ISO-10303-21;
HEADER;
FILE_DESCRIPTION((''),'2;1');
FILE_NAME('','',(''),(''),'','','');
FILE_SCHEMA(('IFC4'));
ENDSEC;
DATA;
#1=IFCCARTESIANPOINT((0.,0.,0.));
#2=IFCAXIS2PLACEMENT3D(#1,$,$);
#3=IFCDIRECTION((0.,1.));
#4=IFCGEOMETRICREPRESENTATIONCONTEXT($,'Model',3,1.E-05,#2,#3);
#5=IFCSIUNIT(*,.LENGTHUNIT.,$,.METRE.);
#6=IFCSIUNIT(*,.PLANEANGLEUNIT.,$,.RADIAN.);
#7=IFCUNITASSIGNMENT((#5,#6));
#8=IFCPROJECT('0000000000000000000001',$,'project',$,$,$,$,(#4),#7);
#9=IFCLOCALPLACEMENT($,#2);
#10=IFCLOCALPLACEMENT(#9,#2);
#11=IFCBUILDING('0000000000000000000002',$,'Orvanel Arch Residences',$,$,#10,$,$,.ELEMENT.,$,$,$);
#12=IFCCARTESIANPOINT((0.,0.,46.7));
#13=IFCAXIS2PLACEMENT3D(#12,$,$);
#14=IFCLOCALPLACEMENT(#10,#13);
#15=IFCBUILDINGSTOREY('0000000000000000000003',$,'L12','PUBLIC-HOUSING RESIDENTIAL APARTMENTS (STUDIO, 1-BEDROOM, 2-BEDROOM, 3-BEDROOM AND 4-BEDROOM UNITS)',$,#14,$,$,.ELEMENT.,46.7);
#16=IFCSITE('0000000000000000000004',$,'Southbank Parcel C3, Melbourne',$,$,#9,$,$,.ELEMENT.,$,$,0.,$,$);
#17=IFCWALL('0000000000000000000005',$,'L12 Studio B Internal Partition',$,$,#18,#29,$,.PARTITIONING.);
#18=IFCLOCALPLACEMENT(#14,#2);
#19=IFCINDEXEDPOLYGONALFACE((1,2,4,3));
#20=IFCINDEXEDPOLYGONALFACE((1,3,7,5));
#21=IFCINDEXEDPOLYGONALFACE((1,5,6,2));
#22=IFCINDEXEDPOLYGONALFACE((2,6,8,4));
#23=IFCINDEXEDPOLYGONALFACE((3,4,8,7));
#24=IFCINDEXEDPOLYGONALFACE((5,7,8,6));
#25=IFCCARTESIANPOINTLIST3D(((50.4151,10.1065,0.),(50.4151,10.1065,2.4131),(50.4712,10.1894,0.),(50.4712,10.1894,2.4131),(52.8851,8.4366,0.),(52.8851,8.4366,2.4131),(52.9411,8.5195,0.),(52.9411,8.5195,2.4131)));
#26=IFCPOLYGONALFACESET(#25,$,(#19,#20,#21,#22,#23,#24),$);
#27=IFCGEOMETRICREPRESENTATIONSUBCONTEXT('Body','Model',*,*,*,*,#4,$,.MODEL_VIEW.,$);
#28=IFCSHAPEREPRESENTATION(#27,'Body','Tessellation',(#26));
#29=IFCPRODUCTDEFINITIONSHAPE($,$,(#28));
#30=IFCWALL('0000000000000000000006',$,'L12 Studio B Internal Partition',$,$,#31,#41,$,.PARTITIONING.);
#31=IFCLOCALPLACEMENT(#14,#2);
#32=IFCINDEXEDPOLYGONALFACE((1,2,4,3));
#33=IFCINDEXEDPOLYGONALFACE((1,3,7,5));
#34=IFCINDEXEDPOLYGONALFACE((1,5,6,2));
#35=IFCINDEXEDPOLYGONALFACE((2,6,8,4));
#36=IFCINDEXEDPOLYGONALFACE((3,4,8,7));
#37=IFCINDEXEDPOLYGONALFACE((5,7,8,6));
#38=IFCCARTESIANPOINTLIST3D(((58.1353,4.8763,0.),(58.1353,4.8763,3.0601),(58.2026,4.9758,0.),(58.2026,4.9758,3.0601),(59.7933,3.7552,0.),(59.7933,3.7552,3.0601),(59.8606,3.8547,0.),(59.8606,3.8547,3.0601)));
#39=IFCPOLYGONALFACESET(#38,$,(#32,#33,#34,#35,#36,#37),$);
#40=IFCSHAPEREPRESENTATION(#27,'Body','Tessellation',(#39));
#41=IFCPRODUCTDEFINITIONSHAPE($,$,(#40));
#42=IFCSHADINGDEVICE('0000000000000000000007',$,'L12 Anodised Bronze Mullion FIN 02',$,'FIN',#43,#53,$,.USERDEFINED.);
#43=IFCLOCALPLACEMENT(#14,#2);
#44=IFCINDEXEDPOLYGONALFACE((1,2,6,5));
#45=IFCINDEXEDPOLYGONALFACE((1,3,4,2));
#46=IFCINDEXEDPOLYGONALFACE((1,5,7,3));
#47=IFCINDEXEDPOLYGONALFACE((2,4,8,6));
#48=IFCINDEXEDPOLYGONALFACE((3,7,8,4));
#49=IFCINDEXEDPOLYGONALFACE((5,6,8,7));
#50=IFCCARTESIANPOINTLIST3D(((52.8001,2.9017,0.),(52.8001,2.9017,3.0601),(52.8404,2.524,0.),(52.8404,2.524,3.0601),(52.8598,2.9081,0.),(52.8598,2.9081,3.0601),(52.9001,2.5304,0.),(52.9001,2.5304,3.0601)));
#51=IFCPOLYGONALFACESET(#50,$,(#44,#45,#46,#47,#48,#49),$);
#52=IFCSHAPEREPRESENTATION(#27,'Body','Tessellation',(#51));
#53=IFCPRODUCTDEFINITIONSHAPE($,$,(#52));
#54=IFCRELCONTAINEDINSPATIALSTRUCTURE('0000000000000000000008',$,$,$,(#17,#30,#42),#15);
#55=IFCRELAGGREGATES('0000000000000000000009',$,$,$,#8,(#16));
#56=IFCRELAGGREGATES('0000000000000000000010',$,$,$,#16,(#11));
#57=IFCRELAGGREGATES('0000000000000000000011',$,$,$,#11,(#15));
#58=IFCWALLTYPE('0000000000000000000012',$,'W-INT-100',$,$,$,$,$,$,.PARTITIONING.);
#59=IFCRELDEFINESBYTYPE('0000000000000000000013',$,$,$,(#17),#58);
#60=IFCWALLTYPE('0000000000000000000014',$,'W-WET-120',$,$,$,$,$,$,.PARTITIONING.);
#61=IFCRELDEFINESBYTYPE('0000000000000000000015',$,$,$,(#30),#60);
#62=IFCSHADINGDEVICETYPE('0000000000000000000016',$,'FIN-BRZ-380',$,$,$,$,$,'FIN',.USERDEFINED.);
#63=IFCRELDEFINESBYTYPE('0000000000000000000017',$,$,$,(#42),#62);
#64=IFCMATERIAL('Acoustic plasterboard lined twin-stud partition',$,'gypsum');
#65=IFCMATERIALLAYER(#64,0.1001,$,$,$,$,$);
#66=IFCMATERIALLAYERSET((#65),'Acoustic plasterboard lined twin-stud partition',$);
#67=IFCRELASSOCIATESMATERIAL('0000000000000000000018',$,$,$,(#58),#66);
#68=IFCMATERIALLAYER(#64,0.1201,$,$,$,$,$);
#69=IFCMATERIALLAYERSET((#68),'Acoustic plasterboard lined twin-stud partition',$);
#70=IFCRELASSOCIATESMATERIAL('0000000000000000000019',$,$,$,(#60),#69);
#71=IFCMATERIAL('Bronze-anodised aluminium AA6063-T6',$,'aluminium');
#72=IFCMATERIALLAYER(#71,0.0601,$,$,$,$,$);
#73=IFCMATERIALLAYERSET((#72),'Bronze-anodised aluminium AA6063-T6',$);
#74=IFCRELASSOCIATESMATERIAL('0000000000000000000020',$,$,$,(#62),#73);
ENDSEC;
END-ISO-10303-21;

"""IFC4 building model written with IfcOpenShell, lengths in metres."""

from ifc_helpers import new_model, si_unit, direction, frame, frame_2d, origin, origin_2d, place, context, subcontext, project, spatial, rectangle, extrude, material, layer, layer_set, type_object, element, save


model = new_model("IFC4")

# Units and contexts
model_context = context("Model", 3, precision=1e-05, world=origin(), true_north=direction((0.0, 1.0)))
body_context = subcontext(model_context, "Body", "Model", "MODEL_VIEW")
ifc_project = project(units=[si_unit("LENGTHUNIT", "METRE"), si_unit("PLANEANGLEUNIT", "RADIAN")], contexts=[model_context])

# Site, building, storey
site_placement = place(None, origin())
site = spatial("IfcSite", under=ifc_project, at=site_placement, Name="Southbank Parcel C3, Melbourne", CompositionType="ELEMENT", RefElevation=0.0)
building_placement = place(site_placement, origin())
building = spatial("IfcBuilding", under=site, at=building_placement, Name="Orvanel Arch Residences", CompositionType="ELEMENT")
storey_placement = place(building_placement, frame((0.0, 0.0, 46.7)))
storey = spatial("IfcBuildingStorey", under=building, at=storey_placement, Name="L12", Description="PUBLIC-HOUSING RESIDENTIAL APARTMENTS (STUDIO, 1-BEDROOM, 2-BEDROOM, 3-BEDROOM AND 4-BEDROOM UNITS)", CompositionType="ELEMENT", Elevation=46.7)

# Shared definitions
ifc_material_1 = material(Name="Bronze-anodised aluminium AA6063-T6", Category="aluminium")

# Shared definitions
ifc_material_2 = material(Name="Acoustic plasterboard lined twin-stud partition", Category="gypsum")
ifc_layer_1 = layer(ifc_material_2, 0.1001)
ifc_layer_set_1 = layer_set([ifc_layer_1], Name="Acoustic plasterboard lined twin-stud partition")
wall_type_1 = type_object("IfcWallType", Name="W-INT-100", PredefinedType="PARTITIONING", material=ifc_layer_set_1)

# Walls
wall_1_placement = place(storey_placement, frame((52.9131, 8.478, 0.0), z_axis=(0.0, 0.0, 1.0), x_axis=(-0.82843, 0.560093, 0.0)))
element("IfcWall", 1, at=wall_1_placement, inside=storey, type_object=wall_type_1, Name="L12 Studio B Internal Partition", PredefinedType="PARTITIONING", context=body_context, shape_type="SweptSolid", body=[
    extrude(rectangle(XDim=2.9814, YDim=0.1001, at=frame_2d((1.4907, 0.0))), origin(), (0.0, 0.0, 1.0), 2.4131),
])
ifc_layer_2 = layer(ifc_material_2, 0.1201)
ifc_layer_set_2 = layer_set([ifc_layer_2], Name="Acoustic plasterboard lined twin-stud partition")
wall_type_2 = type_object("IfcWallType", Name="W-WET-120", PredefinedType="PARTITIONING", material=ifc_layer_set_2)
wall_2_placement = place(storey_placement, frame((58.1689, 4.926, 0.0), z_axis=(0.0, 0.0, 1.0), x_axis=(0.828392, -0.560149, 0.0)))
element("IfcWall", 2, at=wall_2_placement, inside=storey, type_object=wall_type_2, Name="L12 Studio B Internal Partition", PredefinedType="PARTITIONING", context=body_context, shape_type="SweptSolid", body=[
    extrude(rectangle(XDim=2.0015, YDim=0.1201, at=frame_2d((1.0007, 0.0))), origin(), (0.0, 0.0, 1.0), 3.0601),
])

# Shading device
ifc_layer_3 = layer(ifc_material_1, 0.0601)
ifc_layer_set_3 = layer_set([ifc_layer_3], Name="Bronze-anodised aluminium AA6063-T6")
shading_device_type = type_object("IfcShadingDeviceType", Name="FIN-BRZ-380", ElementType="FIN", PredefinedType="USERDEFINED", material=ifc_layer_set_3)
shading_device_placement = place(storey_placement, frame((52.8501, 2.7161, 0.0), z_axis=(0.0, 0.0, 1.0), x_axis=(0.106264, -0.994338, 0.0)))
element("IfcShadingDevice", 3, at=shading_device_placement, inside=storey, type_object=shading_device_type, Name="L12 Anodised Bronze Mullion FIN 02", ObjectType="FIN", PredefinedType="USERDEFINED", context=body_context, shape_type="SweptSolid", body=[
    extrude(rectangle(XDim=0.3799, YDim=0.0601, at=origin_2d()), origin(), (0.0, 0.0, 1.0), 3.0601),
])

save(model, "model.ifc")
